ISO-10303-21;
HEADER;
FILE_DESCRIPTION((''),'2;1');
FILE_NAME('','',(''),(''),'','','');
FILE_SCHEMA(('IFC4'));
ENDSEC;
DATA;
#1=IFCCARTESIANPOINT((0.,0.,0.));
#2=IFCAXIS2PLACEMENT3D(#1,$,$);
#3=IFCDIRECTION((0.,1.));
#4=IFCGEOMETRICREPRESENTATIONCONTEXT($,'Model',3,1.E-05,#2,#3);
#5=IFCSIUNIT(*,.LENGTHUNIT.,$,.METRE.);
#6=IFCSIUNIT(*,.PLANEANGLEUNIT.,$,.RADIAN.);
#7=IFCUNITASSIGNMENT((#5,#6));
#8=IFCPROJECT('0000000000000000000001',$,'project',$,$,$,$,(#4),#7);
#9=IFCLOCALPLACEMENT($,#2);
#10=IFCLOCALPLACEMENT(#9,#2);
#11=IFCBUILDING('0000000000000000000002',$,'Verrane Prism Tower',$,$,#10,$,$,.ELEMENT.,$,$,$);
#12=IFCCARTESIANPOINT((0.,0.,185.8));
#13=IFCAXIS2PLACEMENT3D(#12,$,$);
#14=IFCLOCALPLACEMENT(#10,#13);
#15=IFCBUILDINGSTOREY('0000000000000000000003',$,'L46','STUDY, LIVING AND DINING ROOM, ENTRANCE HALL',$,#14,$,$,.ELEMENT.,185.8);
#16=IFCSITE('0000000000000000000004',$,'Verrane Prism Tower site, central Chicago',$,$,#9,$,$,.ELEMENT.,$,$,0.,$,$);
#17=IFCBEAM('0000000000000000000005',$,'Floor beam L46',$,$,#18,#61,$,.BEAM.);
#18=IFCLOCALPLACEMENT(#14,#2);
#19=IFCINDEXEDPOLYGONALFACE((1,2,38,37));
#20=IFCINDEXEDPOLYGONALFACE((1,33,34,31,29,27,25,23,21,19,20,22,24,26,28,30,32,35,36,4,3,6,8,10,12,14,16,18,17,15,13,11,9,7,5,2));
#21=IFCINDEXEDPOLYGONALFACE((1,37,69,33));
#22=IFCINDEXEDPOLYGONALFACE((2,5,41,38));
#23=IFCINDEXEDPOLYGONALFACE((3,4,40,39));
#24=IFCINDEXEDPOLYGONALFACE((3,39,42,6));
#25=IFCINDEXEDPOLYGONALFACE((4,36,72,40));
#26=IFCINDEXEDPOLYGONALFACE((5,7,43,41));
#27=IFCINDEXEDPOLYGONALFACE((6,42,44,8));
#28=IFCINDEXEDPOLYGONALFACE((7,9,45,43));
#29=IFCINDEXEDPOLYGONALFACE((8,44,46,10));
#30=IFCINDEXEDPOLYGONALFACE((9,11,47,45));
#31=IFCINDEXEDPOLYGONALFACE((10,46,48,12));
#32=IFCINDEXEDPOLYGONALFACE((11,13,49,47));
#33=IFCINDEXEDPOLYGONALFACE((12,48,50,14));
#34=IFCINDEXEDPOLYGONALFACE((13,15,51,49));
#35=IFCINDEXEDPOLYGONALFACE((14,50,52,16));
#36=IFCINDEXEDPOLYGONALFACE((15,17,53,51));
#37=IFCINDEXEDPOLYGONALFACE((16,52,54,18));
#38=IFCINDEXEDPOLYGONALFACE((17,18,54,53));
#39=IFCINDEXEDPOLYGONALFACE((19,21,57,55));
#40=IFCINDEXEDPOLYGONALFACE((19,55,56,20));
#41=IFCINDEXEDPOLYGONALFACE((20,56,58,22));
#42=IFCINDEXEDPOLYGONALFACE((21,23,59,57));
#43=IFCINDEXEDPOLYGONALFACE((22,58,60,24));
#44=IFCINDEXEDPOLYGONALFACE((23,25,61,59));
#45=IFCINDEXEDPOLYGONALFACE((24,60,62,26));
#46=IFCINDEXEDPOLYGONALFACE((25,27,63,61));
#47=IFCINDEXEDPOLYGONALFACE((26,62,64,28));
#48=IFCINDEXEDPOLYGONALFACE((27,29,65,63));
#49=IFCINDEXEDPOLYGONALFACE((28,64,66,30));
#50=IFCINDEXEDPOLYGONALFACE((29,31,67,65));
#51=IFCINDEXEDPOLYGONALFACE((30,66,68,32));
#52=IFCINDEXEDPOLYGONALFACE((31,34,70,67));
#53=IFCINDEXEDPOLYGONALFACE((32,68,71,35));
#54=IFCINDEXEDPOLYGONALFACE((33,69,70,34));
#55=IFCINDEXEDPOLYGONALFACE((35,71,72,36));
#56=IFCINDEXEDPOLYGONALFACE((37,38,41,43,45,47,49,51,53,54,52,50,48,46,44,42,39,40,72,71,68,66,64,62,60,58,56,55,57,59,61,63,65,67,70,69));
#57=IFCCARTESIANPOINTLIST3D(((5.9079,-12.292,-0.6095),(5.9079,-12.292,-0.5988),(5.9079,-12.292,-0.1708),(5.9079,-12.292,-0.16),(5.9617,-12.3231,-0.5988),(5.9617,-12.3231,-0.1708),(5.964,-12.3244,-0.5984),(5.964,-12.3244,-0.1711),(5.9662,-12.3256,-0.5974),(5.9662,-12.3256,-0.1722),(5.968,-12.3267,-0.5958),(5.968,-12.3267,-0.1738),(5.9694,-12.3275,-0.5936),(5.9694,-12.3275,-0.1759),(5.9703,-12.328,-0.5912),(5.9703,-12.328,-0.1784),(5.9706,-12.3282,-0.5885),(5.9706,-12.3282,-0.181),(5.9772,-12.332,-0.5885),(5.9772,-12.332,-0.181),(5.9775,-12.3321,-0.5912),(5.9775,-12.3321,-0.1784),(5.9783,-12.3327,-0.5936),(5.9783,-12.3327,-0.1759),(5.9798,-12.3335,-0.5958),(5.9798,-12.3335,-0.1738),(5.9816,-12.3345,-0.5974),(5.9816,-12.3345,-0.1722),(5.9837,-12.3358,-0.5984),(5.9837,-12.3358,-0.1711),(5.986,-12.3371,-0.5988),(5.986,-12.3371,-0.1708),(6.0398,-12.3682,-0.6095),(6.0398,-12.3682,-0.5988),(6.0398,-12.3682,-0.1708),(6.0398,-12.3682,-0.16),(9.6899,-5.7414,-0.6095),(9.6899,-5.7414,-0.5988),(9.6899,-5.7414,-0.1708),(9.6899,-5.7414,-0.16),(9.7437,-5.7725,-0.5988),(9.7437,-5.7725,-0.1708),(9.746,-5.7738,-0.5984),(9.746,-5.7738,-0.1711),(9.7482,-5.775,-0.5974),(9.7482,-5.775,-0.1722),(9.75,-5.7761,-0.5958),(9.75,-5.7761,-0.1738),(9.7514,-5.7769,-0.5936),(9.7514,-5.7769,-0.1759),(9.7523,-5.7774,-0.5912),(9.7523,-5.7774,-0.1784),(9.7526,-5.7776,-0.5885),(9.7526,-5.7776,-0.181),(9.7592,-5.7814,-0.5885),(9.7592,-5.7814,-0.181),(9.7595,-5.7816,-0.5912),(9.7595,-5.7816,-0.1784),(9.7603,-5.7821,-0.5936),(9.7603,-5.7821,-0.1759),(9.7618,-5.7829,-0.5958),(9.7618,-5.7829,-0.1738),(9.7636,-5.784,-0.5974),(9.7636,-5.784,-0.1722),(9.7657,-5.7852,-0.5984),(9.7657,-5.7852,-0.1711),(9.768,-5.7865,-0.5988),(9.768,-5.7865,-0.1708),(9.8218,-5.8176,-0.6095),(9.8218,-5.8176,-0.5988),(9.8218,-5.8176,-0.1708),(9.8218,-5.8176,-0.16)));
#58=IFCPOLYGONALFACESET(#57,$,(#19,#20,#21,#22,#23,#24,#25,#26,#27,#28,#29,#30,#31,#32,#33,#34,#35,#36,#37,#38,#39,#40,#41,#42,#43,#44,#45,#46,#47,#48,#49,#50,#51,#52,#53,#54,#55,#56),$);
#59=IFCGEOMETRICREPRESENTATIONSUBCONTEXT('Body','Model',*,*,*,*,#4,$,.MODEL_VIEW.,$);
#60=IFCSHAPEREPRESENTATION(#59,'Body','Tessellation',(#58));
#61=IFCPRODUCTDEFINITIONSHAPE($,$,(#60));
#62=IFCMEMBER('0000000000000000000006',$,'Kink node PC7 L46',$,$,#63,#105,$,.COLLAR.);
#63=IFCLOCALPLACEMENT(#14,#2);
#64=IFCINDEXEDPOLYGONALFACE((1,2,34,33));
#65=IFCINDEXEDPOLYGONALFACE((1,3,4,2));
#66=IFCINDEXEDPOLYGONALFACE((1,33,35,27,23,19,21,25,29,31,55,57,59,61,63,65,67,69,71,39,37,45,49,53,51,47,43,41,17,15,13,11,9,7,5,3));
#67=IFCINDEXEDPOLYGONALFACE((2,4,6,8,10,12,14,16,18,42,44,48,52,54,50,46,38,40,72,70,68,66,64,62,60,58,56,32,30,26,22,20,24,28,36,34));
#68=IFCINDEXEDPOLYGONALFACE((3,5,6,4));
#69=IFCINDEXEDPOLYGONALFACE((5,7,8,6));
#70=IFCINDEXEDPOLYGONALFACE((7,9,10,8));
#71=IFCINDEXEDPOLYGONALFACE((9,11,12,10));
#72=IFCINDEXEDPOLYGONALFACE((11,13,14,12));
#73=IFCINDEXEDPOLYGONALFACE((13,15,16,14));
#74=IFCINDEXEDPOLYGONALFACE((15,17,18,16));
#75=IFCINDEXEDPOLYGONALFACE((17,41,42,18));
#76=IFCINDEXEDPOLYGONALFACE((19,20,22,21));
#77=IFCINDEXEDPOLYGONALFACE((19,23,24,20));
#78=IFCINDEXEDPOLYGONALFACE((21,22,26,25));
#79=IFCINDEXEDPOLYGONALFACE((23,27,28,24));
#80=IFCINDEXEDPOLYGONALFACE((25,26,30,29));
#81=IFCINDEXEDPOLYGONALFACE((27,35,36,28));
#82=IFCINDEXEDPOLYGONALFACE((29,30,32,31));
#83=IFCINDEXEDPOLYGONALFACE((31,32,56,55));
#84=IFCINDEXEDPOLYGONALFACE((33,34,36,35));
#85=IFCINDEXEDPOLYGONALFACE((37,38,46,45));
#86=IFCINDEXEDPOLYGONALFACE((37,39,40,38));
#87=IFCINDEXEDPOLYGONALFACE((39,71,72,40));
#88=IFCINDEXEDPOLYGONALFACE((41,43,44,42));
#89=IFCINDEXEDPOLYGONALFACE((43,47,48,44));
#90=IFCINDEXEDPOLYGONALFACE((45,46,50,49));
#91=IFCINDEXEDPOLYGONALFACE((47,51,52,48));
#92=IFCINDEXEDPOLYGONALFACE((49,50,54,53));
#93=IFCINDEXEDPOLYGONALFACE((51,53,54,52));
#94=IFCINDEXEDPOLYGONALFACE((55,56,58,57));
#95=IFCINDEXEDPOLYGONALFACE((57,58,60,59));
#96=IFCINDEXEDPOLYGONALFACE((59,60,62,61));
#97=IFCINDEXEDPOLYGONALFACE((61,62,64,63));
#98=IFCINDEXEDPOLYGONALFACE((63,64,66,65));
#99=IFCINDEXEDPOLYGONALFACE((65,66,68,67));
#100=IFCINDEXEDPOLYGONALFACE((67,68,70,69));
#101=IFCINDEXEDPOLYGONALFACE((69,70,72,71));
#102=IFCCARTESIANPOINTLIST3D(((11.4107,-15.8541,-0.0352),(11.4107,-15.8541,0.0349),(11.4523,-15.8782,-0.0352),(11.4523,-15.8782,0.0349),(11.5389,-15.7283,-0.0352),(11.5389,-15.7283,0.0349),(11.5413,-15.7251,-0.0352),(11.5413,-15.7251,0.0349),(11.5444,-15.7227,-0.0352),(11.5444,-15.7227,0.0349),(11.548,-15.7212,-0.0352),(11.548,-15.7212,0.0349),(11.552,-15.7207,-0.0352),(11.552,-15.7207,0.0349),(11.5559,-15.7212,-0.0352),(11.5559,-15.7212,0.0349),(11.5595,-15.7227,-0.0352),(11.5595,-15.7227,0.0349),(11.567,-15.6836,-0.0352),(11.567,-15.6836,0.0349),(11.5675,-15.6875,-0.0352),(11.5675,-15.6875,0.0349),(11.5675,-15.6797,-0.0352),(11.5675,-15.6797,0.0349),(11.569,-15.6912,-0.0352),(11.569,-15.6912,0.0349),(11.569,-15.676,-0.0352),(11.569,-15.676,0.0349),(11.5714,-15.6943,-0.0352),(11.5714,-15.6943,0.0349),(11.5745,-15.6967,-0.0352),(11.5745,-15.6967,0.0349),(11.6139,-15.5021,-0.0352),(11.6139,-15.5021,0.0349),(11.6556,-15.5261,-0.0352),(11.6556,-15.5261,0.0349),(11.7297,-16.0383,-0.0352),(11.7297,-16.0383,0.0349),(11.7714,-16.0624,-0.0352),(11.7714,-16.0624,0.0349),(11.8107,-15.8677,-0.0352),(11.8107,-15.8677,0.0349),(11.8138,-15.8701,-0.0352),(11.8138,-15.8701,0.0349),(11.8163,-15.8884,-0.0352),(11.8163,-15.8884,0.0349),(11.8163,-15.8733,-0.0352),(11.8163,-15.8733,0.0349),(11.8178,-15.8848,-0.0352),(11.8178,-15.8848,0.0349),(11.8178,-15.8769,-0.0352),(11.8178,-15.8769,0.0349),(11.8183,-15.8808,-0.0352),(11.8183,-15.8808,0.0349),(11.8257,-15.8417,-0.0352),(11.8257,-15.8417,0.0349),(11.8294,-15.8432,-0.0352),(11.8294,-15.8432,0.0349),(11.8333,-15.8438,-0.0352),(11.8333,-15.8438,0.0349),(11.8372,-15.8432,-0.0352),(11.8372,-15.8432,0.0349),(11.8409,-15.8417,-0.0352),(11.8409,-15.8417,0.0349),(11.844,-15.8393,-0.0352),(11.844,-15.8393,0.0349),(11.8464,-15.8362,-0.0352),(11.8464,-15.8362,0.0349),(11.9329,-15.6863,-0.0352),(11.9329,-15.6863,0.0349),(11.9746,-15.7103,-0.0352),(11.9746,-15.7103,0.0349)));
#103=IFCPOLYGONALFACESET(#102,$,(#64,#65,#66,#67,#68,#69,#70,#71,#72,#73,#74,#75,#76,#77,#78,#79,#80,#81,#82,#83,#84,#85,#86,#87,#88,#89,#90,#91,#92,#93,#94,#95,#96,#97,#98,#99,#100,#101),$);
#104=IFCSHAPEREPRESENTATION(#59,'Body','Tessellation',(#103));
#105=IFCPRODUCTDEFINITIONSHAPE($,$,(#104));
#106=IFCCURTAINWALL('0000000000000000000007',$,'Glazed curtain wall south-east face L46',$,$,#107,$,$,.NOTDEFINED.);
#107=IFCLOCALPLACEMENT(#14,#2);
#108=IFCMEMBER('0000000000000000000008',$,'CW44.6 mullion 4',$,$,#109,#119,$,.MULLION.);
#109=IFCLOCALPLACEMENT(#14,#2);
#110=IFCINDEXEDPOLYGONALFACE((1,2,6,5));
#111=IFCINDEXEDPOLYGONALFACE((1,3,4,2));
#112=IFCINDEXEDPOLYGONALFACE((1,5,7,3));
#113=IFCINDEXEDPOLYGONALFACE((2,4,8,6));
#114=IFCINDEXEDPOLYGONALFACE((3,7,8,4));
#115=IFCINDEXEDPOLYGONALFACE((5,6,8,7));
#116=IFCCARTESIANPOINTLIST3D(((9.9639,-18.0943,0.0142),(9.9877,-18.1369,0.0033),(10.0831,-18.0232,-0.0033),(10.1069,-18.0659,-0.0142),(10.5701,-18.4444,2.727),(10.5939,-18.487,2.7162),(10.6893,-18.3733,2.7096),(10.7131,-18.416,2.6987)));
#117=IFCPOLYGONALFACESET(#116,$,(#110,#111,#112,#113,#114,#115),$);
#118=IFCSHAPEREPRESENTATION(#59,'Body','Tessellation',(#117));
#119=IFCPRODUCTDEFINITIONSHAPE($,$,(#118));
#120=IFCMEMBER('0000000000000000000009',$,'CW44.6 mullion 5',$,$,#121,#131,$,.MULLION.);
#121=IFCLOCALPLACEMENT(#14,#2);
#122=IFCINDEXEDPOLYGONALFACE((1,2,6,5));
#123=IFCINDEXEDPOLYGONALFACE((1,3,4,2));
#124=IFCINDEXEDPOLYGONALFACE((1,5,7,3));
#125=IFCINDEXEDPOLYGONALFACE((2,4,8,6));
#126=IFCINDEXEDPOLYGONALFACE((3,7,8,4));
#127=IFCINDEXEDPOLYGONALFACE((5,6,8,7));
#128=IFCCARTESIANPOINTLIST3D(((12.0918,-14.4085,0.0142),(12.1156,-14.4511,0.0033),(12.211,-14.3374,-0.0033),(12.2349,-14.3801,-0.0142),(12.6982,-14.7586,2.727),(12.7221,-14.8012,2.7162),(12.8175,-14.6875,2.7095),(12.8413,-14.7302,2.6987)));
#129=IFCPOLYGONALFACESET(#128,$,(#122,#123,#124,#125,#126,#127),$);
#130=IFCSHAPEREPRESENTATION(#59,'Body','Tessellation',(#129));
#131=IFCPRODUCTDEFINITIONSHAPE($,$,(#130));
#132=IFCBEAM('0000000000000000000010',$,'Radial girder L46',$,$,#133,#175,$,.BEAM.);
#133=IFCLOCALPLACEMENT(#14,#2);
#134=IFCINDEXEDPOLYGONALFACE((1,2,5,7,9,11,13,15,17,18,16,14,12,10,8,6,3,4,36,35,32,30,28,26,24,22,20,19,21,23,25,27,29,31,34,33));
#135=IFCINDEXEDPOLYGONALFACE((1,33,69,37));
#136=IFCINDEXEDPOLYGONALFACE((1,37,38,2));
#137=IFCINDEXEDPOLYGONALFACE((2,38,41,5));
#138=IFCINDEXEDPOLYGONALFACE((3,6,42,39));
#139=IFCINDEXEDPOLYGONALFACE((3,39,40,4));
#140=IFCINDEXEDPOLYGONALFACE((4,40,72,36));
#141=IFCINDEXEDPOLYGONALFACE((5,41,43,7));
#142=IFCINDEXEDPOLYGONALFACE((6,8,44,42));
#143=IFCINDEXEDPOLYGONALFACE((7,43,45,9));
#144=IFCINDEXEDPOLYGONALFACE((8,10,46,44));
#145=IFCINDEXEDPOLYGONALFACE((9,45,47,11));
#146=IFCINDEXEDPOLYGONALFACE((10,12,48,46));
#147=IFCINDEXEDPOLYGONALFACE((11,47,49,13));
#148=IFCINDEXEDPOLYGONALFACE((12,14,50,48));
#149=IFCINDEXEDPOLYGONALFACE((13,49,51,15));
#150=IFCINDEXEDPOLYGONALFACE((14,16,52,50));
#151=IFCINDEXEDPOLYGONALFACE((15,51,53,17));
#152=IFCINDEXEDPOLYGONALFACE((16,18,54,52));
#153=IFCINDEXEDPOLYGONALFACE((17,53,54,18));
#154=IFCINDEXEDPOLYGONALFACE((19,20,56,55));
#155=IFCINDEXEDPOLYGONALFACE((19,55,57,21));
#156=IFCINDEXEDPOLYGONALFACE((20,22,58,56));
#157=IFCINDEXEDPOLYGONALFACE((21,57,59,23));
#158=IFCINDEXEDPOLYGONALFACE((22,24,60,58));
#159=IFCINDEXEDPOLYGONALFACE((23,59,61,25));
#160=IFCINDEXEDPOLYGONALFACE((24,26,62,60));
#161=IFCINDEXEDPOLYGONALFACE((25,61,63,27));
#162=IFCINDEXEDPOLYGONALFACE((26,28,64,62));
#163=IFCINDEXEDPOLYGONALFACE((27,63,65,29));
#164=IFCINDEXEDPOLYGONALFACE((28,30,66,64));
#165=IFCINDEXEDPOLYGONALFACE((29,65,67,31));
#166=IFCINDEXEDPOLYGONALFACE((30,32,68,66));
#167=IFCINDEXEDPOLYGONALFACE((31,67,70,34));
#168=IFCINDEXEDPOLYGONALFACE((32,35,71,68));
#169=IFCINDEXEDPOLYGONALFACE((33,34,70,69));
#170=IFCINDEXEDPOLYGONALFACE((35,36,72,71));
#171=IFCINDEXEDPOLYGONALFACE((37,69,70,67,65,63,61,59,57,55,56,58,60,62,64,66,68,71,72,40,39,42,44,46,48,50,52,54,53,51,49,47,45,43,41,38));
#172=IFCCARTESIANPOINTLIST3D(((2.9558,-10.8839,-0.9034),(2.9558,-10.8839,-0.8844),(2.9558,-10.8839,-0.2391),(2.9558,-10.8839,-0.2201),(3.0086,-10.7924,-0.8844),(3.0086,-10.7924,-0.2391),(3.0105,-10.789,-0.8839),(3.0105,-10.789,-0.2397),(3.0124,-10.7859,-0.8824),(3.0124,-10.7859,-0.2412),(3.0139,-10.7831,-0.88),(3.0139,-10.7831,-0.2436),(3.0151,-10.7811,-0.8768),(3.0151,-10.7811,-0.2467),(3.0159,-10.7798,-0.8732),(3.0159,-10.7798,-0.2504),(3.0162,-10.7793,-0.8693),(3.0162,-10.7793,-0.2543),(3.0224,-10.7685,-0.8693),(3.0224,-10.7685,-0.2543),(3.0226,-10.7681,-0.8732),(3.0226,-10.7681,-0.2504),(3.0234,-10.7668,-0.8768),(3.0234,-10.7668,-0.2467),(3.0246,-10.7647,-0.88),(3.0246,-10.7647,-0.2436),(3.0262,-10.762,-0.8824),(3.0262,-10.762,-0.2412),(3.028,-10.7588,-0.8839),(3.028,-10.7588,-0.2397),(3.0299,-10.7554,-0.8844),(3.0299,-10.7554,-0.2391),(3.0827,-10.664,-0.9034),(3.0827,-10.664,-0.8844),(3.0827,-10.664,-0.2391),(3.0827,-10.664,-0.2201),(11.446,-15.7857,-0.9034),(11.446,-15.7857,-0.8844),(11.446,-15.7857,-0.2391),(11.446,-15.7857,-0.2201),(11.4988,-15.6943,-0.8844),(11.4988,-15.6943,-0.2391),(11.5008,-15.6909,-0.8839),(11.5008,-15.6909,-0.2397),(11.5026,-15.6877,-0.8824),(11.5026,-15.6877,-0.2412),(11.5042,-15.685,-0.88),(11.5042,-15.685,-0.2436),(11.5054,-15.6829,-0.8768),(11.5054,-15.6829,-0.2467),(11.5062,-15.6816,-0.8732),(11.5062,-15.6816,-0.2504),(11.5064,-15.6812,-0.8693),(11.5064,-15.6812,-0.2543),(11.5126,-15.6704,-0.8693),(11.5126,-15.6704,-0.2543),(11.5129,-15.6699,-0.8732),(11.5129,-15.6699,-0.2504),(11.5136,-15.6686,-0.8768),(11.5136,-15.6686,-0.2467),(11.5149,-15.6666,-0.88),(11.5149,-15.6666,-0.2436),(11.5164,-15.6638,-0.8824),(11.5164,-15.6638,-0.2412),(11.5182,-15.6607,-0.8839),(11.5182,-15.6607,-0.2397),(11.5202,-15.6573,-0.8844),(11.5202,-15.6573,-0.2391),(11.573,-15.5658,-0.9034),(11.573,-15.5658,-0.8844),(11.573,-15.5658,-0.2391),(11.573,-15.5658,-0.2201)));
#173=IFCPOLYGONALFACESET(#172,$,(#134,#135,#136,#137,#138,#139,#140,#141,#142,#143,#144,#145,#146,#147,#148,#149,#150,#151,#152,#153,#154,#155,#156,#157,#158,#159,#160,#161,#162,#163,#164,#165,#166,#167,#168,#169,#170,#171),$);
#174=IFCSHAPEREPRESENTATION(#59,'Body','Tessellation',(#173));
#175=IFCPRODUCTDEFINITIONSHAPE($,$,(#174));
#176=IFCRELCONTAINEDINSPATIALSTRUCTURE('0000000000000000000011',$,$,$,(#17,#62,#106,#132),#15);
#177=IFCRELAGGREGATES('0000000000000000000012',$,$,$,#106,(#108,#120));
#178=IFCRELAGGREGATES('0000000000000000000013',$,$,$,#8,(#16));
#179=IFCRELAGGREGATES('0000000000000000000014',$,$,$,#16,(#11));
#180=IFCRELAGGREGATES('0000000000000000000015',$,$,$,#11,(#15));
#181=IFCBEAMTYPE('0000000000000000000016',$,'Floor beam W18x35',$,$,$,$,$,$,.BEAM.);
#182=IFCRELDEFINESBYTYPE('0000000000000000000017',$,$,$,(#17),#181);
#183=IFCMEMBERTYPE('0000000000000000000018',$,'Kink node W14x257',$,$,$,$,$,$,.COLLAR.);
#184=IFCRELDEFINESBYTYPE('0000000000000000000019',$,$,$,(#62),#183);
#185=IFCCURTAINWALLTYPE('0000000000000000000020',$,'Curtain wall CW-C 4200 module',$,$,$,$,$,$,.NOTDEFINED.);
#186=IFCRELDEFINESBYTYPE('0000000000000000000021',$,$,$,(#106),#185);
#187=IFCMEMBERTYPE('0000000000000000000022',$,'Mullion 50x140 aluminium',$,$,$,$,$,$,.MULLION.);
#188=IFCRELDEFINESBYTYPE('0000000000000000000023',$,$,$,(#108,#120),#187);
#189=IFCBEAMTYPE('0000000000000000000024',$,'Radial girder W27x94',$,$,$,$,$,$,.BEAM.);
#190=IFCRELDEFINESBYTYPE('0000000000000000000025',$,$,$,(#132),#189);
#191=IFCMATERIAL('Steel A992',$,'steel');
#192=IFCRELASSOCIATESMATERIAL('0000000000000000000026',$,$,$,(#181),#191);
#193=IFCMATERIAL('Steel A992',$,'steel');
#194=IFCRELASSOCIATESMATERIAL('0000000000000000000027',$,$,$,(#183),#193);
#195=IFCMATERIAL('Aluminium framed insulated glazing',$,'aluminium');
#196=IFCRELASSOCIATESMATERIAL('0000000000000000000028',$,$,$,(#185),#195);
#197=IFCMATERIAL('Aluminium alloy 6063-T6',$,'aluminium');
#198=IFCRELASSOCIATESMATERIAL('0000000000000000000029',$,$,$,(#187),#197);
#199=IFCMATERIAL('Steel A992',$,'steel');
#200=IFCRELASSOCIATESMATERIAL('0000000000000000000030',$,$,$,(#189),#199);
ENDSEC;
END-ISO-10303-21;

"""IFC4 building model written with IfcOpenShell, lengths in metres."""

from ifc_helpers import new_model, si_unit, direction, frame, origin, origin_2d, place, context, subcontext, project, spatial, rectangle, i_section, extrude, material, material_profile, profile_set, type_object, element, aggregate, save


model = new_model("IFC4")

# Units and contexts
model_context = context("Model", 3, precision=1e-05, world=origin(), true_north=direction((0.0, 1.0)))
body_context = subcontext(model_context, "Body", "Model", "MODEL_VIEW")
ifc_project = project(units=[si_unit("LENGTHUNIT", "METRE"), si_unit("PLANEANGLEUNIT", "RADIAN")], contexts=[model_context])

# Site, building, storey
site_placement = place(None, origin())
site = spatial("IfcSite", under=ifc_project, at=site_placement, Name="Verrane Prism Tower site, central Chicago", CompositionType="ELEMENT", RefElevation=0.0)
building_placement = place(site_placement, origin())
building = spatial("IfcBuilding", under=site, at=building_placement, Name="Verrane Prism Tower", CompositionType="ELEMENT")
storey_placement = place(building_placement, frame((0.0, 0.0, 185.8)))
storey = spatial("IfcBuildingStorey", under=building, at=storey_placement, Name="L46", Description="STUDY, LIVING AND DINING ROOM, ENTRANCE HALL", CompositionType="ELEMENT", Elevation=185.8)

# Beam
ifc_material_1 = material(Name="Steel A992", Category="steel")
ifc_material_profile_1 = material_profile(ifc_material_1, i_section(OverallWidth=0.1523, OverallDepth=0.4495, WebThickness=0.0076, FlangeThickness=0.0107, FilletRadius=0.0103, at=origin_2d()), Name="W18x35")
ifc_profile_set_1 = profile_set([ifc_material_profile_1], Name="Steel A992")
beam_type_1 = type_object("IfcBeamType", Name="Floor beam W18x35", PredefinedType="BEAM", material=ifc_profile_set_1)
beam_1_placement = place(storey_placement, frame((5.9739, -12.3301, -0.3848), z_axis=(0.500003, 0.866024, 0.0), x_axis=(-0.866024, 0.500003, 0.0)))
element("IfcBeam", 1, at=beam_1_placement, inside=storey, type_object=beam_type_1, Name="Floor beam L46", PredefinedType="BEAM", context=body_context, shape_type="SweptSolid", body=[
    extrude(i_section(OverallWidth=0.1523, OverallDepth=0.4495, WebThickness=0.0076, FlangeThickness=0.0107, FilletRadius=0.0103, at=origin_2d()), origin(), (0.0, 0.0, 1.0), 7.564),
])

# Member
ifc_material_2 = material(Name="Steel A992", Category="steel")
ifc_material_profile_2 = material_profile(ifc_material_2, i_section(OverallWidth=0.4065, OverallDepth=0.4165, WebThickness=0.03, FlangeThickness=0.0481, FilletRadius=0.0151, at=origin_2d()), Name="W14x257")
ifc_profile_set_2 = profile_set([ifc_material_profile_2], Name="Steel A992")
member_type_1 = type_object("IfcMemberType", Name="Kink node W14x257", PredefinedType="COLLAR", material=ifc_profile_set_2)
member_1_placement = place(storey_placement, frame((11.6926, -15.7822, -0.0352), z_axis=(0.0, 0.0, 1.0), x_axis=(-0.5, -0.866025, 0.0)))
element("IfcMember", 2, at=member_1_placement, inside=storey, type_object=member_type_1, Name="Kink node PC7 L46", PredefinedType="COLLAR", context=body_context, shape_type="SweptSolid", body=[
    extrude(i_section(OverallWidth=0.4065, OverallDepth=0.4165, WebThickness=0.03, FlangeThickness=0.0481, FilletRadius=0.0151, at=origin_2d()), origin(), (0.0, 0.0, 1.0), 0.0701),
])

# Curtain wall, members
ifc_material_3 = material(Name="Aluminium framed insulated glazing", Category="aluminium")
curtain_wall_type = type_object("IfcCurtainWallType", Name="Curtain wall CW-C 4200 module", PredefinedType="NOTDEFINED", material=ifc_material_3)
curtain_wall_placement = place(storey_placement, origin())
curtain_wall = element("IfcCurtainWall", 3, at=curtain_wall_placement, inside=storey, type_object=curtain_wall_type, Name="Glazed curtain wall south-east face L46", PredefinedType="NOTDEFINED")
ifc_material_4 = material(Name="Aluminium alloy 6063-T6", Category="aluminium")
ifc_material_profile_3 = material_profile(ifc_material_4, rectangle(XDim=0.1399, YDim=0.05, at=origin_2d()), Name="Mullion 50x140 aluminium")
ifc_profile_set_3 = profile_set([ifc_material_profile_3], Name="Aluminium alloy 6063-T6")
member_type_2 = type_object("IfcMemberType", Name="Mullion 50x140 aluminium", PredefinedType="MULLION", material=ifc_profile_set_3)
member_2_placement = place(storey_placement, frame((10.0354, -18.0801, 0.0), z_axis=(0.216365, -0.124957, 0.968283), x_axis=(-0.852359, -0.507817, 0.124928)))
member_2 = element("IfcMember", 4, at=member_2_placement, type_object=member_type_2, Name="CW44.6 mullion 4", PredefinedType="MULLION", context=body_context, shape_type="SweptSolid", body=[
    extrude(rectangle(XDim=0.1399, YDim=0.05, at=origin_2d()), origin(), (0.0, 0.0, 1.0), 2.8018),
])
member_3_placement = place(storey_placement, frame((12.1633, -14.3943, 0.0), z_axis=(0.216448, -0.124954, 0.968265), x_axis=(-0.852262, -0.50797, 0.124963)))
member_3 = element("IfcMember", 5, at=member_3_placement, type_object=member_type_2, Name="CW44.6 mullion 5", PredefinedType="MULLION", context=body_context, shape_type="SweptSolid", body=[
    extrude(rectangle(XDim=0.1399, YDim=0.05, at=origin_2d()), origin(), (0.0, 0.0, 1.0), 2.8018),
])

# Beam
ifc_material_5 = material(Name="Steel A992", Category="steel")
ifc_material_profile_4 = material_profile(ifc_material_5, i_section(OverallWidth=0.2539, OverallDepth=0.6833, WebThickness=0.0125, FlangeThickness=0.019, FilletRadius=0.0151, at=origin_2d()), Name="W27x94")
ifc_profile_set_4 = profile_set([ifc_material_profile_4], Name="Steel A992")
beam_type_2 = type_object("IfcBeamType", Name="Radial girder W27x94", PredefinedType="BEAM", material=ifc_profile_set_4)
beam_2_placement = place(storey_placement, frame((11.5095, -15.6758, -0.5618), z_axis=(-0.866025, 0.500001, 0.0), x_axis=(-0.500001, -0.866025, 0.0)))
element("IfcBeam", 6, at=beam_2_placement, inside=storey, type_object=beam_type_2, Name="Radial girder L46", PredefinedType="BEAM", context=body_context, shape_type="SweptSolid", body=[
    extrude(i_section(OverallWidth=0.2539, OverallDepth=0.6833, WebThickness=0.0125, FlangeThickness=0.019, FilletRadius=0.0151, at=origin_2d()), origin(), (0.0, 0.0, 1.0), 9.8037),
])

aggregate(curtain_wall, [member_2, member_3])

save(model, "model.ifc")
